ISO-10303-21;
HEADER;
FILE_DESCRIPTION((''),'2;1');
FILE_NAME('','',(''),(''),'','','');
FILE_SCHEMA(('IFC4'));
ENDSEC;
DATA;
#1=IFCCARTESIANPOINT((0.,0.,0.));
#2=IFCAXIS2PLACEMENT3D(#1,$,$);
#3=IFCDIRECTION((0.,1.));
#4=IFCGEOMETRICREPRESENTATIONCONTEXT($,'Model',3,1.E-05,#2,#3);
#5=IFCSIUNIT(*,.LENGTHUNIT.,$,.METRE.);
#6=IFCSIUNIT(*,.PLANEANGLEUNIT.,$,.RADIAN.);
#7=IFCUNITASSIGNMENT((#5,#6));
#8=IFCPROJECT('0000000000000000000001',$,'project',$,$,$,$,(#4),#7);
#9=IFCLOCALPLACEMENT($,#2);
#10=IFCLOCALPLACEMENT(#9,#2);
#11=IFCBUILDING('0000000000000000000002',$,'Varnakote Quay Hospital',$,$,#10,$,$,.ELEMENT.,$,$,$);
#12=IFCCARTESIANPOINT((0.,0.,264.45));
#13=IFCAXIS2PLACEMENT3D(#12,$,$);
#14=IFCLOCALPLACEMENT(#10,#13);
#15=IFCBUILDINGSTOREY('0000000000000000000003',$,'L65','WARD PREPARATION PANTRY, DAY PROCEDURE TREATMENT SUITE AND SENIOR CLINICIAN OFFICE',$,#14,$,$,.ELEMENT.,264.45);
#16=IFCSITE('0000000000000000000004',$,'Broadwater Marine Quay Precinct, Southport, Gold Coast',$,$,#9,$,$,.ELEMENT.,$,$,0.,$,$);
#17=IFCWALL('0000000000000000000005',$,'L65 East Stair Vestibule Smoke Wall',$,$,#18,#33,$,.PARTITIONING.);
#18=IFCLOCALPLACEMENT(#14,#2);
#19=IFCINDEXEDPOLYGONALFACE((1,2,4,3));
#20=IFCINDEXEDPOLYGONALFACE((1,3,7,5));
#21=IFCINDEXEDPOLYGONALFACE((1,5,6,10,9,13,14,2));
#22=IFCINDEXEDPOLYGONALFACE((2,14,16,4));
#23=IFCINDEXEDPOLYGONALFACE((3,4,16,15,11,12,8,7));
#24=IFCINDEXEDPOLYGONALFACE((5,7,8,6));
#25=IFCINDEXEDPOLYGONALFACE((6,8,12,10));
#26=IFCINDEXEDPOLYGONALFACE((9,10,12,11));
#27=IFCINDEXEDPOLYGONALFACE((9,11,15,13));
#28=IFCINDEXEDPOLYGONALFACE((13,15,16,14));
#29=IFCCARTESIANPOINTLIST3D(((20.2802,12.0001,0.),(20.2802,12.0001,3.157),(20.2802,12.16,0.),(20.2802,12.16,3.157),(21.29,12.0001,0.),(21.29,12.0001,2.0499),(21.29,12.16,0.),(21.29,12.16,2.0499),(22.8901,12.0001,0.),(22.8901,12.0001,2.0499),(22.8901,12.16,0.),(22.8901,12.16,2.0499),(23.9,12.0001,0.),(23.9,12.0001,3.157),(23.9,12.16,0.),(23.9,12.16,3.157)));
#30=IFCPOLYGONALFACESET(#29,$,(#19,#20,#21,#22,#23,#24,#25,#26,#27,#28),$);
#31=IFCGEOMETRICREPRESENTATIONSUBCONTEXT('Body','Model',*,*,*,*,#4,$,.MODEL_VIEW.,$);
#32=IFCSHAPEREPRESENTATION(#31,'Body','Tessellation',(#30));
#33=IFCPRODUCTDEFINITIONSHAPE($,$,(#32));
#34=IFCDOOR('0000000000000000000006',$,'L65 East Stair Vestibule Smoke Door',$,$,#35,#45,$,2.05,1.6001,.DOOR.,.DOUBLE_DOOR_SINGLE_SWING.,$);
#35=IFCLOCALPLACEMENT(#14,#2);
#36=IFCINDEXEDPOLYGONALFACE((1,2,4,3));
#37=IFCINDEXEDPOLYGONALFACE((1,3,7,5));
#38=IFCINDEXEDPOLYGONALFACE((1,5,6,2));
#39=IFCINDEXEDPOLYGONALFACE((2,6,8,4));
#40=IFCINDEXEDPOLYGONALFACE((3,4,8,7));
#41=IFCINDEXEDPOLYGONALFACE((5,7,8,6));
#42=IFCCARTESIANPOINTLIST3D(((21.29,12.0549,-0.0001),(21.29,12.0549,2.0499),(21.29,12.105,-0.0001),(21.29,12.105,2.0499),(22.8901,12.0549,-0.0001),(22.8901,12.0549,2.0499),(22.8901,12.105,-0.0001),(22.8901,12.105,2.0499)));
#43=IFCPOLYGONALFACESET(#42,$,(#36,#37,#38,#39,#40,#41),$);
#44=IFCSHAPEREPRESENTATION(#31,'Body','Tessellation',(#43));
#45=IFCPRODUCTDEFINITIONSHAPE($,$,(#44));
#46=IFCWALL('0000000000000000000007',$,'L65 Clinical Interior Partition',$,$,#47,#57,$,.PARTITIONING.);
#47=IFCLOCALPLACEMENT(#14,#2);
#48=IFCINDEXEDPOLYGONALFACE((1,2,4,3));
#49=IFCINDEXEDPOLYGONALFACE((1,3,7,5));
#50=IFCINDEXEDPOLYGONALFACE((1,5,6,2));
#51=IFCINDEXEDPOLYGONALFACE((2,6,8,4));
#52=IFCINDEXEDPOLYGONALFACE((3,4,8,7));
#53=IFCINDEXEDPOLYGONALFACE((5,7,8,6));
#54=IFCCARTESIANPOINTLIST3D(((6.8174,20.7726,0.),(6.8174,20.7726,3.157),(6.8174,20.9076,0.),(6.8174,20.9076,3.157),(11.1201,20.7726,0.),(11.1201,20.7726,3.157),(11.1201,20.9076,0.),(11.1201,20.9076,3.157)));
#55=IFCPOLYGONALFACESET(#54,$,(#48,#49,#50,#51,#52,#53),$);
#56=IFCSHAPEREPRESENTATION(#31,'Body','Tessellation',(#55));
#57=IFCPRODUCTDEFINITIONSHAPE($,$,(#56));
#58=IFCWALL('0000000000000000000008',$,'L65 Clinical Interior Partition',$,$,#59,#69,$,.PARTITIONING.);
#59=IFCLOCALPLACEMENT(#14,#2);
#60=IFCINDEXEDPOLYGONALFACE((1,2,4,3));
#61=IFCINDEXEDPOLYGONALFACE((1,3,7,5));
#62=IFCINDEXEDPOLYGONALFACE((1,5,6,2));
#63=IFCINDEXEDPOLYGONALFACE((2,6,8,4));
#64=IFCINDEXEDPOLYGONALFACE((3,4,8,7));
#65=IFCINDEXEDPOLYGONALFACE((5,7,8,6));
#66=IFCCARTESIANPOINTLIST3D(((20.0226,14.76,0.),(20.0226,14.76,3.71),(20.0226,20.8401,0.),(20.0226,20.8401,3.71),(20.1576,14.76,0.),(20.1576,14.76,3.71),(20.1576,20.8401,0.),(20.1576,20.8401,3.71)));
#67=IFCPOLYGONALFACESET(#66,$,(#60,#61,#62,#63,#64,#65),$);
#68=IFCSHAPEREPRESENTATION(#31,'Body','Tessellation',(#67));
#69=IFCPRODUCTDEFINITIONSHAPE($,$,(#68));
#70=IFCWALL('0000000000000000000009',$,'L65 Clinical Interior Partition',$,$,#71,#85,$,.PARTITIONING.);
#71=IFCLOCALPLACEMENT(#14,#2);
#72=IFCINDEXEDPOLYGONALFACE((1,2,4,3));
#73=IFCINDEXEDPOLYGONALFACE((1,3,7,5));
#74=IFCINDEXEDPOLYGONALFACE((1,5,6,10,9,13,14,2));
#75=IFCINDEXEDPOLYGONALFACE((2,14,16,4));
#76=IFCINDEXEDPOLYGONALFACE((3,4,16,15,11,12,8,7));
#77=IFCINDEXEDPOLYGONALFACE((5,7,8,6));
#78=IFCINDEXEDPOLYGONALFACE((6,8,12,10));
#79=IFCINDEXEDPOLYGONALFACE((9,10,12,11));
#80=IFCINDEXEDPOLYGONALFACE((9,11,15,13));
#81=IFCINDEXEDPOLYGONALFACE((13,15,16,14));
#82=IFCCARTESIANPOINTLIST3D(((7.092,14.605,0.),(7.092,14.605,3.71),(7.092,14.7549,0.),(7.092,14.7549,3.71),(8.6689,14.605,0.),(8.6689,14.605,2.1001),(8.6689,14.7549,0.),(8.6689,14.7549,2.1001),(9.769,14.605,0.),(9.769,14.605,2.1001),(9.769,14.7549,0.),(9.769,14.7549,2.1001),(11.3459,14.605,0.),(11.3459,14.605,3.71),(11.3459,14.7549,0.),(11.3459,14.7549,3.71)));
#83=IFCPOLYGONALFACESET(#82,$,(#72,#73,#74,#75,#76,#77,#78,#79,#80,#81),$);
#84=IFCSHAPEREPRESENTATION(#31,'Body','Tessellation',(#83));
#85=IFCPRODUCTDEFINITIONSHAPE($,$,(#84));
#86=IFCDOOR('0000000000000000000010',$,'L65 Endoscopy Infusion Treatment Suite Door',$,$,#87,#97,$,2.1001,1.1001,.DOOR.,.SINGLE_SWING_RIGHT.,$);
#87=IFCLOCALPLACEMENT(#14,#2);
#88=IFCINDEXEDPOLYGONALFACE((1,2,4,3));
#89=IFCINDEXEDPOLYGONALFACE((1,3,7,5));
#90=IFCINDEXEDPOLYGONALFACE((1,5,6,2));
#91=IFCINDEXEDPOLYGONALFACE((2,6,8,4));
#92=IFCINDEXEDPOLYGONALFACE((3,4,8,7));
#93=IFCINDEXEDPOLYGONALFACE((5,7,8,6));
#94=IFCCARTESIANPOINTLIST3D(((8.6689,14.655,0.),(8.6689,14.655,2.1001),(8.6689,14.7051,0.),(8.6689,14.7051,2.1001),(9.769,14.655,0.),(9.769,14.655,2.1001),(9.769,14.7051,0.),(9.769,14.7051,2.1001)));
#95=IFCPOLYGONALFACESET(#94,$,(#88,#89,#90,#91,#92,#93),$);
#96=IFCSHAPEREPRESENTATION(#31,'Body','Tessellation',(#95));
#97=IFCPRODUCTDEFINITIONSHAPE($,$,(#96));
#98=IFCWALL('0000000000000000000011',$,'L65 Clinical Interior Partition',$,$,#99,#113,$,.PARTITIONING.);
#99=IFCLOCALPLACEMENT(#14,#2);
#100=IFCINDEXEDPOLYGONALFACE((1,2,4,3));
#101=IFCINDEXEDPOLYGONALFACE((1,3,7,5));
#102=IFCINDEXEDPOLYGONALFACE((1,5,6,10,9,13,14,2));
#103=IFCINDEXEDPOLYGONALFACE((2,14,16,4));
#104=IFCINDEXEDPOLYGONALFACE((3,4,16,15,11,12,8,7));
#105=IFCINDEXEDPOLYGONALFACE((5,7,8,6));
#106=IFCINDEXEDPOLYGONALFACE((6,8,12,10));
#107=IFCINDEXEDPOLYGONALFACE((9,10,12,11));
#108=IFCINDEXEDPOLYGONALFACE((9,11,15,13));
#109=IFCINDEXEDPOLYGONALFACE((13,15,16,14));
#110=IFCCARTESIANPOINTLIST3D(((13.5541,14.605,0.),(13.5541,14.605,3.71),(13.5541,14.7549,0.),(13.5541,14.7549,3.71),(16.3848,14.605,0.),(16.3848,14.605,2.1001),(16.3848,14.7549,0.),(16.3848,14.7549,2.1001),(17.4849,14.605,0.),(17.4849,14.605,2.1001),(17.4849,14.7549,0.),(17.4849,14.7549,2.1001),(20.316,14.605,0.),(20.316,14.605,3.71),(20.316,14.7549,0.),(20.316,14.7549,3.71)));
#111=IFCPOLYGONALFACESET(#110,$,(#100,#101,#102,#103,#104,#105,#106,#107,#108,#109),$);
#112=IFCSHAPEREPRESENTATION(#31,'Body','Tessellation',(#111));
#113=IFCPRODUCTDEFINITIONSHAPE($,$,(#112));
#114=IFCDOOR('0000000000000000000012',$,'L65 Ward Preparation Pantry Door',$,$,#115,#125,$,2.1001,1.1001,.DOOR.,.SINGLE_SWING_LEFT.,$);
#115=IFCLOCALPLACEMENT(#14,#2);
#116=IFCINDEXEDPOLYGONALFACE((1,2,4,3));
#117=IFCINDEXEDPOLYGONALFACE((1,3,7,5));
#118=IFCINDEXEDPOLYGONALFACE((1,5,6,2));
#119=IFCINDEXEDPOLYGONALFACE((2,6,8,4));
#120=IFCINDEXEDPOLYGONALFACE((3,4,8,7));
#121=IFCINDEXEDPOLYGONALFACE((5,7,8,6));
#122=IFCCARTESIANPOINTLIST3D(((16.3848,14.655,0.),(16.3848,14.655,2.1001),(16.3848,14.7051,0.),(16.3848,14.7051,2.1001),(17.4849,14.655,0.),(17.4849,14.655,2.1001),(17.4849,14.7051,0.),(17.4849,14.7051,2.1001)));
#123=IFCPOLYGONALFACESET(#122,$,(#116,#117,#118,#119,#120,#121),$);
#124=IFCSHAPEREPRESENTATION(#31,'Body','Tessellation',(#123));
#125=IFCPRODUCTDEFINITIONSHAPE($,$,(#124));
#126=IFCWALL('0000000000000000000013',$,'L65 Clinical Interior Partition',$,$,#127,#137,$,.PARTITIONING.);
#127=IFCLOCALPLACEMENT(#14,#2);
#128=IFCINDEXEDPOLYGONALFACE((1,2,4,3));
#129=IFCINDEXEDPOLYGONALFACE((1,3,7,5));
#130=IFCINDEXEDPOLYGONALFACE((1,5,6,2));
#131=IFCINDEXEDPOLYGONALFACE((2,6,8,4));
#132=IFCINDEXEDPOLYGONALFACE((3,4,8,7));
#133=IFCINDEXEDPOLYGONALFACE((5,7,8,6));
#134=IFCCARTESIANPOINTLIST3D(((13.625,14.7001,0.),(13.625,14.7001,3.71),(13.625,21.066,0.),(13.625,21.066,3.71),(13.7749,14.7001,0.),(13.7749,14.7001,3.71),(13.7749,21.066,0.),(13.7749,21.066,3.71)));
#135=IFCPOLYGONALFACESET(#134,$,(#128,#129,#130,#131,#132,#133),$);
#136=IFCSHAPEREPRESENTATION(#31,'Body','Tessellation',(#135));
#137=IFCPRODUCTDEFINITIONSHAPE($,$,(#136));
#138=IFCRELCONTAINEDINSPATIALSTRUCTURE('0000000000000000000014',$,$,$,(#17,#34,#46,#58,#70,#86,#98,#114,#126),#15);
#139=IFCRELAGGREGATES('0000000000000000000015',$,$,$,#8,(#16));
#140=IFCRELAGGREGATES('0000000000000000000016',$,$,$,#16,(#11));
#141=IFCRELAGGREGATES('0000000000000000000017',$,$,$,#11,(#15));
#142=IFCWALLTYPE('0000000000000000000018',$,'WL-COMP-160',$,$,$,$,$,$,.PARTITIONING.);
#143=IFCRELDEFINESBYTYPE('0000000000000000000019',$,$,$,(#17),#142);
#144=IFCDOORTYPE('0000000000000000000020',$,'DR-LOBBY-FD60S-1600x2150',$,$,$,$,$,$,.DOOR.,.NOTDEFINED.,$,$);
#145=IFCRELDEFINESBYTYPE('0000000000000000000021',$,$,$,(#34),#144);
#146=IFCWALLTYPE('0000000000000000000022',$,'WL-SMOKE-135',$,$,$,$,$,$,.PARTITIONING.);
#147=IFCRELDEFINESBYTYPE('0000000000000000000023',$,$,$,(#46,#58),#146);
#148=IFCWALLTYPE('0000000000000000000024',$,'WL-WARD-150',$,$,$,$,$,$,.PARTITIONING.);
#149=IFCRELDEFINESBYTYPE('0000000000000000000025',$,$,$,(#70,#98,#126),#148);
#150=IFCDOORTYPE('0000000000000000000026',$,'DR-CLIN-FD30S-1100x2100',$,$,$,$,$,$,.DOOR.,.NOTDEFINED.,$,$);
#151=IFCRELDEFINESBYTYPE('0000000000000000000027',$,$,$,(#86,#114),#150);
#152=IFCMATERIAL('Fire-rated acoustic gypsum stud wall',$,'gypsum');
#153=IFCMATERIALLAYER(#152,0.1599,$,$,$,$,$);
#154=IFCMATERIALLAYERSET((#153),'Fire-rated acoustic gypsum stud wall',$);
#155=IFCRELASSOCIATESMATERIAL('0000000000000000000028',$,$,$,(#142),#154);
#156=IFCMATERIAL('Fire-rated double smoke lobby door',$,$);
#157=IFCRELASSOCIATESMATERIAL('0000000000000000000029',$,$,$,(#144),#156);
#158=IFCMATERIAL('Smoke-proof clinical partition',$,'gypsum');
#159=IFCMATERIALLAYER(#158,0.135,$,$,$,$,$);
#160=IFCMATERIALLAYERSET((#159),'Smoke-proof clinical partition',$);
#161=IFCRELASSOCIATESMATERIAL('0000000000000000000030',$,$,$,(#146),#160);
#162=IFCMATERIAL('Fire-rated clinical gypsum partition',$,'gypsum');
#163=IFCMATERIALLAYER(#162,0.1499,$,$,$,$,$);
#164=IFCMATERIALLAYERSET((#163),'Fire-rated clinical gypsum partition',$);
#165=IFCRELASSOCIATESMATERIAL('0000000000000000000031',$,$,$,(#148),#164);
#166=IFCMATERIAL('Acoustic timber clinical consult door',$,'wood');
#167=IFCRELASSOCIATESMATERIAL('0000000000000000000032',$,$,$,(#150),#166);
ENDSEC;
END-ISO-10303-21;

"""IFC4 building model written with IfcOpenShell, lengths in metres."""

from ifc_helpers import new_model, si_unit, direction, frame, frame_2d, origin, place, context, subcontext, project, spatial, rectangle, extrude, material, layer, layer_set, type_object, element, fill, save


model = new_model("IFC4")

# Units and contexts
model_context = context("Model", 3, precision=1e-05, world=origin(), true_north=direction((0.0, 1.0)))
body_context = subcontext(model_context, "Body", "Model", "MODEL_VIEW")
ifc_project = project(units=[si_unit("LENGTHUNIT", "METRE"), si_unit("PLANEANGLEUNIT", "RADIAN")], contexts=[model_context])

# Site, building, storey
site_placement = place(None, origin())
site = spatial("IfcSite", under=ifc_project, at=site_placement, Name="Broadwater Marine Quay Precinct, Southport, Gold Coast", CompositionType="ELEMENT", RefElevation=0.0)
building_placement = place(site_placement, origin())
building = spatial("IfcBuilding", under=site, at=building_placement, Name="Varnakote Quay Hospital", CompositionType="ELEMENT")
storey_placement = place(building_placement, frame((0.0, 0.0, 264.45)))
storey = spatial("IfcBuildingStorey", under=building, at=storey_placement, Name="L65", Description="WARD PREPARATION PANTRY, DAY PROCEDURE TREATMENT SUITE AND SENIOR CLINICIAN OFFICE", CompositionType="ELEMENT", Elevation=264.45)

# Wall, opening, door
ifc_material_1 = material(Name="Fire-rated acoustic gypsum stud wall", Category="gypsum")
ifc_layer_1 = layer(ifc_material_1, 0.1599)
ifc_layer_set_1 = layer_set([ifc_layer_1], Name="Fire-rated acoustic gypsum stud wall")
wall_type_1 = type_object("IfcWallType", Name="WL-COMP-160", PredefinedType="PARTITIONING", material=ifc_layer_set_1)
ifc_material_2 = material(Name="Fire-rated double smoke lobby door")
door_type_1 = type_object("IfcDoorType", Name="DR-LOBBY-FD60S-1600x2150", OperationType="NOTDEFINED", PredefinedType="DOOR", material=ifc_material_2)
wall_1_placement = place(storey_placement, frame((20.28, 12.0801, 0.0), z_axis=(0.0, 0.0, 1.0), x_axis=(1.0, 0.0, 0.0)))
wall_1 = element("IfcWall", 1, at=wall_1_placement, inside=storey, type_object=wall_type_1, Name="L65 East Stair Vestibule Smoke Wall", PredefinedType="PARTITIONING", context=body_context, shape_type="SweptSolid", body=[
    extrude(rectangle(XDim=3.6199, YDim=0.1599, at=frame_2d((1.8101, 0.0))), origin(), (0.0, 0.0, 1.0), 3.157),
])
opening_1_placement = place(wall_1_placement, frame((1.01, 0.0, 0.0)))
opening_1 = element("IfcOpeningElement", 2, at=opening_1_placement, cuts=wall_1, PredefinedType="OPENING", context=body_context, shape_type="SweptSolid", body=[
    extrude(rectangle(XDim=1.6001, YDim=2.05, at=frame_2d((0.8, 1.0249))), frame((0.0, 0.0898, 0.0), z_axis=(0.0, -1.0, 0.0), x_axis=(1.0, 0.0, 0.0)), (0.0, 0.0, 1.0), 0.1799),
])
door_1_placement = place(opening_1_placement, origin())
door_1 = element("IfcDoor", 3, at=door_1_placement, inside=storey, type_object=door_type_1, Name="L65 East Stair Vestibule Smoke Door", OperationType="DOUBLE_DOOR_SINGLE_SWING", OverallHeight=2.05, OverallWidth=1.6001, PredefinedType="DOOR", context=body_context, shape_type="SweptSolid", body=[
    extrude(rectangle(XDim=1.6001, YDim=2.05, at=frame_2d((0.8, 1.0249))), frame((0.0, 0.0249, 0.0), z_axis=(0.0, -1.0, 0.0), x_axis=(1.0, 0.0, 0.0)), (0.0, 0.0, 1.0), 0.05),
])
fill(opening_1, door_1)

# Walls
ifc_material_3 = material(Name="Smoke-proof clinical partition", Category="gypsum")
ifc_layer_2 = layer(ifc_material_3, 0.135)
ifc_layer_set_2 = layer_set([ifc_layer_2], Name="Smoke-proof clinical partition")
wall_type_2 = type_object("IfcWallType", Name="WL-SMOKE-135", PredefinedType="PARTITIONING", material=ifc_layer_set_2)
wall_2_placement = place(storey_placement, frame((11.1201, 20.8401, 0.0), z_axis=(0.0, 0.0, 1.0), x_axis=(-1.0, 0.0, 0.0)))
element("IfcWall", 4, at=wall_2_placement, inside=storey, type_object=wall_type_2, Name="L65 Clinical Interior Partition", PredefinedType="PARTITIONING", context=body_context, shape_type="SweptSolid", body=[
    extrude(rectangle(XDim=4.3027, YDim=0.135, at=frame_2d((2.1514, 0.0))), origin(), (0.0, 0.0, 1.0), 3.157),
])
wall_3_placement = place(storey_placement, frame((20.0901, 14.76, 0.0), z_axis=(0.0, 0.0, 1.0), x_axis=(0.0, 1.0, 0.0)))
element("IfcWall", 5, at=wall_3_placement, inside=storey, type_object=wall_type_2, Name="L65 Clinical Interior Partition", PredefinedType="PARTITIONING", context=body_context, shape_type="SweptSolid", body=[
    extrude(rectangle(XDim=6.0801, YDim=0.135, at=frame_2d((3.04, 0.0))), origin(), (0.0, 0.0, 1.0), 3.71),
])

# Walls, openings, doors
ifc_material_4 = material(Name="Fire-rated clinical gypsum partition", Category="gypsum")
ifc_layer_3 = layer(ifc_material_4, 0.1499)
ifc_layer_set_3 = layer_set([ifc_layer_3], Name="Fire-rated clinical gypsum partition")
wall_type_3 = type_object("IfcWallType", Name="WL-WARD-150", PredefinedType="PARTITIONING", material=ifc_layer_set_3)
wall_4_placement = place(storey_placement, frame((11.3459, 14.6799, 0.0), z_axis=(0.0, 0.0, 1.0), x_axis=(-1.0, 0.0, 0.0)))
wall_4 = element("IfcWall", 6, at=wall_4_placement, inside=storey, type_object=wall_type_3, Name="L65 Clinical Interior Partition", PredefinedType="PARTITIONING", context=body_context, shape_type="SweptSolid", body=[
    extrude(rectangle(XDim=4.2539, YDim=0.1499, at=frame_2d((2.127, 0.0))), origin(), (0.0, 0.0, 1.0), 3.71),
])
opening_2_placement = place(wall_4_placement, frame((1.5769, 0.0, 0.0)))
opening_2 = element("IfcOpeningElement", 7, at=opening_2_placement, cuts=wall_4, PredefinedType="OPENING", context=body_context, shape_type="SweptSolid", body=[
    extrude(rectangle(XDim=1.1001, YDim=2.1001, at=frame_2d((0.55, 1.05))), frame((0.0, 0.085, 0.0), z_axis=(0.0, -1.0, 0.0), x_axis=(1.0, 0.0, 0.0)), (0.0, 0.0, 1.0), 0.1699),
])
ifc_material_5 = material(Name="Acoustic timber clinical consult door", Category="wood")
door_type_2 = type_object("IfcDoorType", Name="DR-CLIN-FD30S-1100x2100", OperationType="NOTDEFINED", PredefinedType="DOOR", material=ifc_material_5)
door_2_placement = place(opening_2_placement, origin())
door_2 = element("IfcDoor", 8, at=door_2_placement, inside=storey, type_object=door_type_2, Name="L65 Endoscopy Infusion Treatment Suite Door", OperationType="SINGLE_SWING_RIGHT", OverallHeight=2.1001, OverallWidth=1.1001, PredefinedType="DOOR", context=body_context, shape_type="SweptSolid", body=[
    extrude(rectangle(XDim=1.1001, YDim=2.1001, at=frame_2d((0.55, 1.05))), frame((0.0, 0.0249, 0.0), z_axis=(0.0, -1.0, 0.0), x_axis=(1.0, 0.0, 0.0)), (0.0, 0.0, 1.0), 0.05),
])
fill(opening_2, door_2)
wall_5_placement = place(storey_placement, frame((20.3159, 14.6799, 0.0), z_axis=(0.0, 0.0, 1.0), x_axis=(-1.0, 0.0, 0.0)))
wall_5 = element("IfcWall", 9, at=wall_5_placement, inside=storey, type_object=wall_type_3, Name="L65 Clinical Interior Partition", PredefinedType="PARTITIONING", context=body_context, shape_type="SweptSolid", body=[
    extrude(rectangle(XDim=6.762, YDim=0.1499, at=frame_2d((3.3809, 0.0))), origin(), (0.0, 0.0, 1.0), 3.71),
])
opening_3_placement = place(wall_5_placement, frame((2.8311, 0.0, 0.0)))
opening_3 = element("IfcOpeningElement", 10, at=opening_3_placement, cuts=wall_5, PredefinedType="OPENING", context=body_context, shape_type="SweptSolid", body=[
    extrude(rectangle(XDim=1.1001, YDim=2.1001, at=frame_2d((0.55, 1.05))), frame((0.0, 0.085, 0.0), z_axis=(0.0, -1.0, 0.0), x_axis=(1.0, 0.0, 0.0)), (0.0, 0.0, 1.0), 0.1699),
])
door_3_placement = place(opening_3_placement, origin())
door_3 = element("IfcDoor", 11, at=door_3_placement, inside=storey, type_object=door_type_2, Name="L65 Ward Preparation Pantry Door", OperationType="SINGLE_SWING_LEFT", OverallHeight=2.1001, OverallWidth=1.1001, PredefinedType="DOOR", context=body_context, shape_type="SweptSolid", body=[
    extrude(rectangle(XDim=1.1001, YDim=2.1001, at=frame_2d((0.55, 1.05))), frame((0.0, 0.0249, 0.0), z_axis=(0.0, -1.0, 0.0), x_axis=(1.0, 0.0, 0.0)), (0.0, 0.0, 1.0), 0.05),
])
fill(opening_3, door_3)

# Wall
wall_6_placement = place(storey_placement, frame((13.7, 14.7, 0.0), z_axis=(0.0, 0.0, 1.0), x_axis=(0.0, 1.0, 0.0)))
element("IfcWall", 12, at=wall_6_placement, inside=storey, type_object=wall_type_3, Name="L65 Clinical Interior Partition", PredefinedType="PARTITIONING", context=body_context, shape_type="SweptSolid", body=[
    extrude(rectangle(XDim=6.366, YDim=0.1499, at=frame_2d((3.1831, 0.0))), origin(), (0.0, 0.0, 1.0), 3.71),
])

save(model, "model.ifc")
